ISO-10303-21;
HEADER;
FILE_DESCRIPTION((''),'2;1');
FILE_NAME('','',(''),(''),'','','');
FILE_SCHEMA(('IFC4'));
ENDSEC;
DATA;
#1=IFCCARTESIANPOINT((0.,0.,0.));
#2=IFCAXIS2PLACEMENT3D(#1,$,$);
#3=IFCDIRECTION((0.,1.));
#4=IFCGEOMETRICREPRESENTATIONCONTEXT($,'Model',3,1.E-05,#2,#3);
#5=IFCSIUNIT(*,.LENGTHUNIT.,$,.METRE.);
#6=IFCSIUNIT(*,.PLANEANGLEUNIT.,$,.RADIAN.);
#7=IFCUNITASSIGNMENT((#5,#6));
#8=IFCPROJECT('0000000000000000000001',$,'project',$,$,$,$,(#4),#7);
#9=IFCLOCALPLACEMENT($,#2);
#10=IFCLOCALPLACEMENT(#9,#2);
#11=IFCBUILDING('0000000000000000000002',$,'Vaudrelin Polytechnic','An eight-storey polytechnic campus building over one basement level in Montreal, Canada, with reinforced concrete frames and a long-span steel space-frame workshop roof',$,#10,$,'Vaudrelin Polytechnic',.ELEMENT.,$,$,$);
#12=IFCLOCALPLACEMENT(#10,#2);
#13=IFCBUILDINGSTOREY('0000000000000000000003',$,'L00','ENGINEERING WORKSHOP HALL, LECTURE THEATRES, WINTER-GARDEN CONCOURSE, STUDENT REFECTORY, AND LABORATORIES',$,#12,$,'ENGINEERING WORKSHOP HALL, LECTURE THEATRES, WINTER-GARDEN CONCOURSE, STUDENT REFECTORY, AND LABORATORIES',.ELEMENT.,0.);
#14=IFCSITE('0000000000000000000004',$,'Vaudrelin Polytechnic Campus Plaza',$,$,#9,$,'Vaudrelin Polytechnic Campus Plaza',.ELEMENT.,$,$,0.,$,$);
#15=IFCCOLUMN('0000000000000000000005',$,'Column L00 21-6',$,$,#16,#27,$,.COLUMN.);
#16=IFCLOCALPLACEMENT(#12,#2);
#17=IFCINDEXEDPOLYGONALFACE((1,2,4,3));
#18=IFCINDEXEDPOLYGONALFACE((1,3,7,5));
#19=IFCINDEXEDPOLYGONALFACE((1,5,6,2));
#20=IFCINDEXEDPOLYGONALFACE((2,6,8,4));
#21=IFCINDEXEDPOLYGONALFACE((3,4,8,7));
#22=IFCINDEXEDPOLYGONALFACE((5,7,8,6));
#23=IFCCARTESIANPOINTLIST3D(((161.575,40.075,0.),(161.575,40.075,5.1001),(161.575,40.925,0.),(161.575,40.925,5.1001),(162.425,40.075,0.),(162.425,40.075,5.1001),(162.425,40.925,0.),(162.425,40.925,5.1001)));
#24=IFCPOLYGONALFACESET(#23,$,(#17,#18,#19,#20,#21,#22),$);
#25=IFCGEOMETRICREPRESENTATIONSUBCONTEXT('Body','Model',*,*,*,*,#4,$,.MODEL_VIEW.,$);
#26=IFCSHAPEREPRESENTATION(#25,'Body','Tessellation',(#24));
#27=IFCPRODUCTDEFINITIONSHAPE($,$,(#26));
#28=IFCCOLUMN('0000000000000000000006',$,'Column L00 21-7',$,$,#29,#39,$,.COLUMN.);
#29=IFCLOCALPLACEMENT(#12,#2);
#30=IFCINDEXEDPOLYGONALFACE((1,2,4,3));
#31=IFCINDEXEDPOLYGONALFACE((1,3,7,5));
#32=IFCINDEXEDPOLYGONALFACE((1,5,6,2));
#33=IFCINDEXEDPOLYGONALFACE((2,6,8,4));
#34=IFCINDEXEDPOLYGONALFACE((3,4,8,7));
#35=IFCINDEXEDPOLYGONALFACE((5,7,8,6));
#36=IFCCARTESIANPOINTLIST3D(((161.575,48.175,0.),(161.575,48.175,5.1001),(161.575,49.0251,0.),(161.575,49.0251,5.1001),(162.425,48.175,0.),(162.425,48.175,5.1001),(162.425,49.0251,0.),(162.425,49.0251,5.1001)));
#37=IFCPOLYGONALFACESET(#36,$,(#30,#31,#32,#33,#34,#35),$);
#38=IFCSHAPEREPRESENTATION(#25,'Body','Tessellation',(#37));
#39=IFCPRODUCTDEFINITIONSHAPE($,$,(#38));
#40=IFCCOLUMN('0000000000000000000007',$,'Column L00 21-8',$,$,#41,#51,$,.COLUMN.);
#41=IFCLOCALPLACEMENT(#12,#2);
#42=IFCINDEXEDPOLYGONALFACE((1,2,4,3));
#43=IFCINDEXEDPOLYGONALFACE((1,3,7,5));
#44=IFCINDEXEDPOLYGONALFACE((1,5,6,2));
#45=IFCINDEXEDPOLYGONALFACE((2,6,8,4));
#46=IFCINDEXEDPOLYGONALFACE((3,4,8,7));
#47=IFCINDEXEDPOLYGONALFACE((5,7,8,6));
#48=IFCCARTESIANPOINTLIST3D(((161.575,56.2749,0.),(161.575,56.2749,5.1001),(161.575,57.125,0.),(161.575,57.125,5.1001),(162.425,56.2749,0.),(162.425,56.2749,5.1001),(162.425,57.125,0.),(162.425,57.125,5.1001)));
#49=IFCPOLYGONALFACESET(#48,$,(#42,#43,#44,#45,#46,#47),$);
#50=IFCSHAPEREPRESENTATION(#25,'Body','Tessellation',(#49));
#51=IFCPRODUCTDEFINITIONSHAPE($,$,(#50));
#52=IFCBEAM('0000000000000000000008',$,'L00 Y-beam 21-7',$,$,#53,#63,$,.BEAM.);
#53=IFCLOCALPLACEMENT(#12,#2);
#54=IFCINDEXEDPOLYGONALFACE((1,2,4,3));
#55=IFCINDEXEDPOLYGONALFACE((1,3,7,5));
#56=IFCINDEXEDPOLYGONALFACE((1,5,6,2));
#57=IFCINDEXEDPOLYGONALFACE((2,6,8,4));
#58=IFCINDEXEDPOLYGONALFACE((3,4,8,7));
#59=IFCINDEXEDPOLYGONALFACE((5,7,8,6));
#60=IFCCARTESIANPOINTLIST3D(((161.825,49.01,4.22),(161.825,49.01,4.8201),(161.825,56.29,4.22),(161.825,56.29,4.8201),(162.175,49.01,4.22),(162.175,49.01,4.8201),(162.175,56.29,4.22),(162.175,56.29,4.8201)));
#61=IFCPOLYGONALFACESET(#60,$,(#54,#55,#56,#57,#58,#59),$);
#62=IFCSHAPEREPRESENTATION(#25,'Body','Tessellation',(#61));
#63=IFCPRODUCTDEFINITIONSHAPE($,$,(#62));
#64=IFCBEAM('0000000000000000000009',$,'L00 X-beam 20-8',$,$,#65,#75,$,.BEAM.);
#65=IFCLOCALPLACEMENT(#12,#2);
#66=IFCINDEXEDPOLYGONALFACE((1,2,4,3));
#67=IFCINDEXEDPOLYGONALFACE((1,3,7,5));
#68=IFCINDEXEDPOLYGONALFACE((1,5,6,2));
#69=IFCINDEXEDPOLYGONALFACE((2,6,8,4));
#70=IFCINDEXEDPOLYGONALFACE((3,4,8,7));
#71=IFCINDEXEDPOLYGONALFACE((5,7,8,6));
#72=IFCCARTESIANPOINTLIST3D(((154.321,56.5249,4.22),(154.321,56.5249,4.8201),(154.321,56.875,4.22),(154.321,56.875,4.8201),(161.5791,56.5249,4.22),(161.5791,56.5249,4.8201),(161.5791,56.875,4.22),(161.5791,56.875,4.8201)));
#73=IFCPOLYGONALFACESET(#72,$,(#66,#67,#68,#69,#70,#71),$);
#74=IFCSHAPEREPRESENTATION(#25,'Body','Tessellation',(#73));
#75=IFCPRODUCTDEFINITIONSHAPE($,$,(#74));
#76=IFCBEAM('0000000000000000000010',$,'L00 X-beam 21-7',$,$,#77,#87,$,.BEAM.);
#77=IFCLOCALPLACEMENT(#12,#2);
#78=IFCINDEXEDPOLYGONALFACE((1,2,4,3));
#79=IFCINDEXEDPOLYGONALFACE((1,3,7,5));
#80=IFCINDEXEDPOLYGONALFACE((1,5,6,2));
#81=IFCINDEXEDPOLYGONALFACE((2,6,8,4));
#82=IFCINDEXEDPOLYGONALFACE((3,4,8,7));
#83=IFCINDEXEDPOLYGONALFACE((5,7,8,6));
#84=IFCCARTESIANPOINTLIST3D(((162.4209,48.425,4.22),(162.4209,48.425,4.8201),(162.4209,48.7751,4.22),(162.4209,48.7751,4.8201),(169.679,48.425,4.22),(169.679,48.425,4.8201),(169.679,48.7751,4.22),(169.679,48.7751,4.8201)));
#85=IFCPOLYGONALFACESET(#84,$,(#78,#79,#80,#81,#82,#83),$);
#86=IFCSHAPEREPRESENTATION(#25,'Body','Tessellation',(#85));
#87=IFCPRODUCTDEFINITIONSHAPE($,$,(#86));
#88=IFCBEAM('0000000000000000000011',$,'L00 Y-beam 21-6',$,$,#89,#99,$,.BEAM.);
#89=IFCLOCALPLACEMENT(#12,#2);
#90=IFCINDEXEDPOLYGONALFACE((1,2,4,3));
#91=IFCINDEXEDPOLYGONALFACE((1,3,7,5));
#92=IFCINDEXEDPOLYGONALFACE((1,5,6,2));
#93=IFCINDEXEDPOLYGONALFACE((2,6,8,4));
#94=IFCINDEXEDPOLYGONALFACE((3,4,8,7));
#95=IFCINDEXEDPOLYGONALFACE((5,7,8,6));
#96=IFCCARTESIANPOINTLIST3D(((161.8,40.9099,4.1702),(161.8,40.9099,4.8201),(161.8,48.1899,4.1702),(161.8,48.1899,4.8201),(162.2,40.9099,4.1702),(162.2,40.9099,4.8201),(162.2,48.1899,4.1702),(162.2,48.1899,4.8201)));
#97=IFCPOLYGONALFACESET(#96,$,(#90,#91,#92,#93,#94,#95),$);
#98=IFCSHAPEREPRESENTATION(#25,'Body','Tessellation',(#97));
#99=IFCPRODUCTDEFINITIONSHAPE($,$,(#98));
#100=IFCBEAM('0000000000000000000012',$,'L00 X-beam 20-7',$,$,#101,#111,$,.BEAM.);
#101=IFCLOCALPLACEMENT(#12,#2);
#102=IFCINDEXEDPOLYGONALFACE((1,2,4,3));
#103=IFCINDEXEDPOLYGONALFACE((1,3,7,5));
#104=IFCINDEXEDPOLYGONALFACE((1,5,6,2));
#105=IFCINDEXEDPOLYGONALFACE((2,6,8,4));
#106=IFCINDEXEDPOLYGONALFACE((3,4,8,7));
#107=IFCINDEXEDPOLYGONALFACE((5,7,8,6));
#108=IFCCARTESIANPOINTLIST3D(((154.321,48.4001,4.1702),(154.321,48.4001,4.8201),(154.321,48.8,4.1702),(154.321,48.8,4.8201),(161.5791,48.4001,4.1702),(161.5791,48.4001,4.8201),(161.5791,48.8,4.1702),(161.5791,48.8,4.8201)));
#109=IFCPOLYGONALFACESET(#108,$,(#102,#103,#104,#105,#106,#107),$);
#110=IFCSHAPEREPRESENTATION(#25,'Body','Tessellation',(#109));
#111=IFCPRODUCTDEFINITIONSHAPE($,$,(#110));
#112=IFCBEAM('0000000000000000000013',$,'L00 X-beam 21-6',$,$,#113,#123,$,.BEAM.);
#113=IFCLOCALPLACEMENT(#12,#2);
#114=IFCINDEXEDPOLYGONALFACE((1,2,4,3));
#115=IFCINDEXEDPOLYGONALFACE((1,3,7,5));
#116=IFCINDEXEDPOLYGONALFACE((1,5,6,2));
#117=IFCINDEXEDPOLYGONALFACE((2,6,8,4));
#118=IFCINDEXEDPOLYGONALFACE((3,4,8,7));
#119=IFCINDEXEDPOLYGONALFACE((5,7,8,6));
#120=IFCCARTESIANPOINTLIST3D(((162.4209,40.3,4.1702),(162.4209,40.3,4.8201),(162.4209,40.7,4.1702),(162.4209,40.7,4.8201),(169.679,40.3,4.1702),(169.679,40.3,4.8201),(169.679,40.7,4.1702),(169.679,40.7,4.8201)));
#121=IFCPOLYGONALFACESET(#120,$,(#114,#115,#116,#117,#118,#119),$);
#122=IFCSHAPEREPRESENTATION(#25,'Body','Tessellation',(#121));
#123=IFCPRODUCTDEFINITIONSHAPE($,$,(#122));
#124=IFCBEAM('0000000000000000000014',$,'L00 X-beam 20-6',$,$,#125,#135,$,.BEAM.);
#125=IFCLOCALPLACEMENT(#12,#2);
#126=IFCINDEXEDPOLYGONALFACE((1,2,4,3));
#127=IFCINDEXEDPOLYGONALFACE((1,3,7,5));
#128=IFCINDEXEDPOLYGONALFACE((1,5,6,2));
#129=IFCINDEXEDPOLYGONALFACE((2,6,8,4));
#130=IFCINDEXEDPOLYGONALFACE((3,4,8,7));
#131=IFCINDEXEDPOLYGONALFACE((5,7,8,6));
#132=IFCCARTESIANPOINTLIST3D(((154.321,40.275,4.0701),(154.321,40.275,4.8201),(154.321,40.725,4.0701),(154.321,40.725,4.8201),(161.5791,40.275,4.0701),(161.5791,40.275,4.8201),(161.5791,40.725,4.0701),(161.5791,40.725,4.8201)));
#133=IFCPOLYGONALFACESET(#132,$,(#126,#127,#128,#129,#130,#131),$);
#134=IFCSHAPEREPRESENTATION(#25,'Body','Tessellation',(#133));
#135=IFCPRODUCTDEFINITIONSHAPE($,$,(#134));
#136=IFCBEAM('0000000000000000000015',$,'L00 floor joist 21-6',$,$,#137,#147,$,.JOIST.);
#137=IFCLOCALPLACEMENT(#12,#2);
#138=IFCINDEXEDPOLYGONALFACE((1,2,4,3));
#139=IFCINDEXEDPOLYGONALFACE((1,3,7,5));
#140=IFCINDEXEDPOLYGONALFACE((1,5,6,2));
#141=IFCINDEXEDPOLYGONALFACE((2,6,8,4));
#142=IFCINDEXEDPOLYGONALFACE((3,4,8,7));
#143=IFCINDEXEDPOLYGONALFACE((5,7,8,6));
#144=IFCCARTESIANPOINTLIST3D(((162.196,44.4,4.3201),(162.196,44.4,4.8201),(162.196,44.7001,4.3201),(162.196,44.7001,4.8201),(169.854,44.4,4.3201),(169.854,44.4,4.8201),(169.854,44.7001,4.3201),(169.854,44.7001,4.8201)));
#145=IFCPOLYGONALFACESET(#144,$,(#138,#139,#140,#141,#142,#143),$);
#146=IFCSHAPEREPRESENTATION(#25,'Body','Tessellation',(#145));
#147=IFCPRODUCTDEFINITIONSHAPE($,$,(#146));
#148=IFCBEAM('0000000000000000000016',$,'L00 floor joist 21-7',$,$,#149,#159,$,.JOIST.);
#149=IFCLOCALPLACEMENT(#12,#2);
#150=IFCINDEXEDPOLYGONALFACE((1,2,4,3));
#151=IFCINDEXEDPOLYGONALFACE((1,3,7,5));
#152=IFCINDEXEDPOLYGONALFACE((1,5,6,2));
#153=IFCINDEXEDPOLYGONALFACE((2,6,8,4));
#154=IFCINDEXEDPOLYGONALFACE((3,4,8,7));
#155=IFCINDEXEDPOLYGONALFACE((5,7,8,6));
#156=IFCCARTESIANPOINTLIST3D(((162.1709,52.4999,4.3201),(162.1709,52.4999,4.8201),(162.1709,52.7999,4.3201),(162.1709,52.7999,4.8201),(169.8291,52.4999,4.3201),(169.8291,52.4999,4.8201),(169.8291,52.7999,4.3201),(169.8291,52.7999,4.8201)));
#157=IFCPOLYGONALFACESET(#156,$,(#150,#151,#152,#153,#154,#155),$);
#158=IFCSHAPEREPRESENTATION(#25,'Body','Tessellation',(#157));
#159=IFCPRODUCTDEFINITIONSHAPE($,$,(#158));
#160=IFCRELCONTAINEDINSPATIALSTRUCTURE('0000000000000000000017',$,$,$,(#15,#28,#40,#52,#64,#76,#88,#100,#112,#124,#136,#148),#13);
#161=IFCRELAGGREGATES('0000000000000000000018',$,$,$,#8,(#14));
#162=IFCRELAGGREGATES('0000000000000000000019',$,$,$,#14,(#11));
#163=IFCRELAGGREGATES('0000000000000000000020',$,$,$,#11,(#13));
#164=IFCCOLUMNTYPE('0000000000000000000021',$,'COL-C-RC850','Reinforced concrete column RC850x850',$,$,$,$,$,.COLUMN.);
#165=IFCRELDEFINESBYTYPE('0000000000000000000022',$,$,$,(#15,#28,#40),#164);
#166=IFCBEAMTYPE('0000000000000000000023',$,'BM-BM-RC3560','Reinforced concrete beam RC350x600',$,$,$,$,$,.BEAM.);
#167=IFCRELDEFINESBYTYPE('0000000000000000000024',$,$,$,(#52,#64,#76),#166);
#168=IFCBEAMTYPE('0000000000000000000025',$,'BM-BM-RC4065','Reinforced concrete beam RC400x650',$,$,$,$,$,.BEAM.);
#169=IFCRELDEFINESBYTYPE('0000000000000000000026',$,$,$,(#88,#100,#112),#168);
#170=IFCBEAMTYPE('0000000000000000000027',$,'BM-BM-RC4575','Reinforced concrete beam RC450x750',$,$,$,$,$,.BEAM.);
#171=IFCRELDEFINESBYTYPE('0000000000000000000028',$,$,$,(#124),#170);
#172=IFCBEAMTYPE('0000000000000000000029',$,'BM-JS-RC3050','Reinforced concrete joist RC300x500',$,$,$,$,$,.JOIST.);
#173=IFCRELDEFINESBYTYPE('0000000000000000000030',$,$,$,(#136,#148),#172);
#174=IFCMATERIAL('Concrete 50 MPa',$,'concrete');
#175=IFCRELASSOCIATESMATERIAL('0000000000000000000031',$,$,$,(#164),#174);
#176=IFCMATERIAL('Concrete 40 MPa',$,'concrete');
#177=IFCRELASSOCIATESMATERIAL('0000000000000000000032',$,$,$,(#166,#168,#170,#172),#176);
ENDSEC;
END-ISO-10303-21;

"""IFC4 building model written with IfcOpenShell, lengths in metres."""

from ifc_helpers import new_model, si_unit, direction, frame, origin, origin_2d, place, context, subcontext, project, spatial, rectangle, extrude, material, material_profile, profile_set, type_object, element, save


model = new_model("IFC4")

# Units and contexts
model_context = context("Model", 3, precision=1e-05, world=origin(), true_north=direction((0.0, 1.0)))
body_context = subcontext(model_context, "Body", "Model", "MODEL_VIEW")
ifc_project = project(units=[si_unit("LENGTHUNIT", "METRE"), si_unit("PLANEANGLEUNIT", "RADIAN")], contexts=[model_context])

# Site, building, storey
site_placement = place(None, origin())
site = spatial("IfcSite", under=ifc_project, at=site_placement, Name="Vaudrelin Polytechnic Campus Plaza", LongName="Vaudrelin Polytechnic Campus Plaza", CompositionType="ELEMENT", RefElevation=0.0)
building_placement = place(site_placement, origin())
building = spatial("IfcBuilding", under=site, at=building_placement, Name="Vaudrelin Polytechnic", Description="An eight-storey polytechnic campus building over one basement level in Montreal, Canada, with reinforced concrete frames and a long-span steel space-frame workshop roof", LongName="Vaudrelin Polytechnic", CompositionType="ELEMENT")
storey_placement = place(building_placement, origin())
storey = spatial("IfcBuildingStorey", under=building, at=storey_placement, Name="L00", Description="ENGINEERING WORKSHOP HALL, LECTURE THEATRES, WINTER-GARDEN CONCOURSE, STUDENT REFECTORY, AND LABORATORIES", LongName="ENGINEERING WORKSHOP HALL, LECTURE THEATRES, WINTER-GARDEN CONCOURSE, STUDENT REFECTORY, AND LABORATORIES", CompositionType="ELEMENT", Elevation=0.0)

# Columns
ifc_material_1 = material(Name="Concrete 50 MPa", Category="concrete")
ifc_material_profile_1 = material_profile(ifc_material_1, rectangle(XDim=0.8501, YDim=0.8501, at=origin_2d()), Name="RC850x850")
ifc_profile_set_1 = profile_set([ifc_material_profile_1], Name="Concrete 50 MPa")
column_type = type_object("IfcColumnType", Name="COL-C-RC850", Description="Reinforced concrete column RC850x850", PredefinedType="COLUMN", material=ifc_profile_set_1)
for number, where, z_axis, x_axis, name in (
    (1, (162.0, 40.5, 0.0), (0.0, 0.0, 1.0), (1.0, 0.0, 0.0), "Column L00 21-6"),
    (2, (162.0, 48.6001, 0.0), (0.0, 0.0, 1.0), (1.0, 0.0, 0.0), "Column L00 21-7"),
    (3, (162.0, 56.7, 0.0), (0.0, 0.0, 1.0), (1.0, 0.0, 0.0), "Column L00 21-8"),
):
    element("IfcColumn", number, at=place(storey_placement, frame(where, z_axis=z_axis, x_axis=x_axis)), inside=storey, type_object=column_type, Name=name, PredefinedType="COLUMN", context=body_context, shape_type="SweptSolid", body=[
        extrude(rectangle(XDim=0.8501, YDim=0.8501, at=origin_2d()), origin(), (0.0, 0.0, 1.0), 5.1001),
    ])

# Beams
ifc_material_2 = material(Name="Concrete 40 MPa", Category="concrete")
ifc_material_profile_2 = material_profile(ifc_material_2, rectangle(XDim=0.3501, YDim=0.6001, at=origin_2d()), Name="RC350x600")
ifc_profile_set_2 = profile_set([ifc_material_profile_2], Name="Concrete 40 MPa")
beam_type_1 = type_object("IfcBeamType", Name="BM-BM-RC3560", Description="Reinforced concrete beam RC350x600", PredefinedType="BEAM", material=ifc_profile_set_2)
beam_1_placement = place(storey_placement, frame((162.0, 49.01, 4.52), z_axis=(0.0, 1.0, 0.0), x_axis=(-1.0, 0.0, 0.0)))
element("IfcBeam", 4, at=beam_1_placement, inside=storey, type_object=beam_type_1, Name="L00 Y-beam 21-7", PredefinedType="BEAM", context=body_context, shape_type="SweptSolid", body=[
    extrude(rectangle(XDim=0.3501, YDim=0.6001, at=origin_2d()), origin(), (0.0, 0.0, 1.0), 7.28),
])
for number, where, z_axis, x_axis, name in (
    (5, (154.321, 56.7, 4.52), (1.0, 0.0, 0.0), (0.0, 1.0, 0.0), "L00 X-beam 20-8"),
    (6, (162.4209, 48.6001, 4.52), (1.0, 0.0, 0.0), (0.0, 1.0, 0.0), "L00 X-beam 21-7"),
):
    element("IfcBeam", number, at=place(storey_placement, frame(where, z_axis=z_axis, x_axis=x_axis)), inside=storey, type_object=beam_type_1, Name=name, PredefinedType="BEAM", context=body_context, shape_type="SweptSolid", body=[
        extrude(rectangle(XDim=0.3501, YDim=0.6001, at=origin_2d()), origin(), (0.0, 0.0, 1.0), 7.2581),
    ])
ifc_material_profile_3 = material_profile(ifc_material_2, rectangle(XDim=0.3999, YDim=0.6499, at=origin_2d()), Name="RC400x650")
ifc_profile_set_3 = profile_set([ifc_material_profile_3], Name="Concrete 40 MPa")
beam_type_2 = type_object("IfcBeamType", Name="BM-BM-RC4065", Description="Reinforced concrete beam RC400x650", PredefinedType="BEAM", material=ifc_profile_set_3)
beam_2_placement = place(storey_placement, frame((162.0, 40.9099, 4.4951), z_axis=(0.0, 1.0, 0.0), x_axis=(-1.0, 0.0, 0.0)))
element("IfcBeam", 7, at=beam_2_placement, inside=storey, type_object=beam_type_2, Name="L00 Y-beam 21-6", PredefinedType="BEAM", context=body_context, shape_type="SweptSolid", body=[
    extrude(rectangle(XDim=0.3999, YDim=0.6499, at=origin_2d()), origin(), (0.0, 0.0, 1.0), 7.28),
])
for number, where, z_axis, x_axis, name in (
    (8, (154.321, 48.6001, 4.4951), (1.0, 0.0, 0.0), (0.0, 1.0, 0.0), "L00 X-beam 20-7"),
    (9, (162.4209, 40.5, 4.4951), (1.0, 0.0, 0.0), (0.0, 1.0, 0.0), "L00 X-beam 21-6"),
):
    element("IfcBeam", number, at=place(storey_placement, frame(where, z_axis=z_axis, x_axis=x_axis)), inside=storey, type_object=beam_type_2, Name=name, PredefinedType="BEAM", context=body_context, shape_type="SweptSolid", body=[
        extrude(rectangle(XDim=0.3999, YDim=0.6499, at=origin_2d()), origin(), (0.0, 0.0, 1.0), 7.2581),
    ])
ifc_material_profile_4 = material_profile(ifc_material_2, rectangle(XDim=0.45, YDim=0.75, at=origin_2d()), Name="RC450x750")
ifc_profile_set_4 = profile_set([ifc_material_profile_4], Name="Concrete 40 MPa")
beam_type_3 = type_object("IfcBeamType", Name="BM-BM-RC4575", Description="Reinforced concrete beam RC450x750", PredefinedType="BEAM", material=ifc_profile_set_4)
beam_3_placement = place(storey_placement, frame((154.321, 40.5, 4.4451), z_axis=(1.0, 0.0, 0.0), x_axis=(0.0, 1.0, 0.0)))
element("IfcBeam", 10, at=beam_3_placement, inside=storey, type_object=beam_type_3, Name="L00 X-beam 20-6", PredefinedType="BEAM", context=body_context, shape_type="SweptSolid", body=[
    extrude(rectangle(XDim=0.45, YDim=0.75, at=origin_2d()), origin(), (0.0, 0.0, 1.0), 7.2581),
])
ifc_material_profile_5 = material_profile(ifc_material_2, rectangle(XDim=0.3, YDim=0.5, at=origin_2d()), Name="RC300x500")
ifc_profile_set_5 = profile_set([ifc_material_profile_5], Name="Concrete 40 MPa")
beam_type_4 = type_object("IfcBeamType", Name="BM-JS-RC3050", Description="Reinforced concrete joist RC300x500", PredefinedType="JOIST", material=ifc_profile_set_5)
beam_4_placement = place(storey_placement, frame((162.196, 44.55, 4.5701), z_axis=(1.0, 0.0, 0.0), x_axis=(0.0, 1.0, 0.0)))
element("IfcBeam", 11, at=beam_4_placement, inside=storey, type_object=beam_type_4, Name="L00 floor joist 21-6", PredefinedType="JOIST", context=body_context, shape_type="SweptSolid", body=[
    extrude(rectangle(XDim=0.3, YDim=0.5, at=origin_2d()), origin(), (0.0, 0.0, 1.0), 7.658),
])
beam_5_placement = place(storey_placement, frame((162.1709, 52.6499, 4.5701), z_axis=(1.0, 0.0, 0.0), x_axis=(0.0, 1.0, 0.0)))
element("IfcBeam", 12, at=beam_5_placement, inside=storey, type_object=beam_type_4, Name="L00 floor joist 21-7", PredefinedType="JOIST", context=body_context, shape_type="SweptSolid", body=[
    extrude(rectangle(XDim=0.3, YDim=0.5, at=origin_2d()), origin(), (0.0, 0.0, 1.0), 7.6582),
])

save(model, "model.ifc")
